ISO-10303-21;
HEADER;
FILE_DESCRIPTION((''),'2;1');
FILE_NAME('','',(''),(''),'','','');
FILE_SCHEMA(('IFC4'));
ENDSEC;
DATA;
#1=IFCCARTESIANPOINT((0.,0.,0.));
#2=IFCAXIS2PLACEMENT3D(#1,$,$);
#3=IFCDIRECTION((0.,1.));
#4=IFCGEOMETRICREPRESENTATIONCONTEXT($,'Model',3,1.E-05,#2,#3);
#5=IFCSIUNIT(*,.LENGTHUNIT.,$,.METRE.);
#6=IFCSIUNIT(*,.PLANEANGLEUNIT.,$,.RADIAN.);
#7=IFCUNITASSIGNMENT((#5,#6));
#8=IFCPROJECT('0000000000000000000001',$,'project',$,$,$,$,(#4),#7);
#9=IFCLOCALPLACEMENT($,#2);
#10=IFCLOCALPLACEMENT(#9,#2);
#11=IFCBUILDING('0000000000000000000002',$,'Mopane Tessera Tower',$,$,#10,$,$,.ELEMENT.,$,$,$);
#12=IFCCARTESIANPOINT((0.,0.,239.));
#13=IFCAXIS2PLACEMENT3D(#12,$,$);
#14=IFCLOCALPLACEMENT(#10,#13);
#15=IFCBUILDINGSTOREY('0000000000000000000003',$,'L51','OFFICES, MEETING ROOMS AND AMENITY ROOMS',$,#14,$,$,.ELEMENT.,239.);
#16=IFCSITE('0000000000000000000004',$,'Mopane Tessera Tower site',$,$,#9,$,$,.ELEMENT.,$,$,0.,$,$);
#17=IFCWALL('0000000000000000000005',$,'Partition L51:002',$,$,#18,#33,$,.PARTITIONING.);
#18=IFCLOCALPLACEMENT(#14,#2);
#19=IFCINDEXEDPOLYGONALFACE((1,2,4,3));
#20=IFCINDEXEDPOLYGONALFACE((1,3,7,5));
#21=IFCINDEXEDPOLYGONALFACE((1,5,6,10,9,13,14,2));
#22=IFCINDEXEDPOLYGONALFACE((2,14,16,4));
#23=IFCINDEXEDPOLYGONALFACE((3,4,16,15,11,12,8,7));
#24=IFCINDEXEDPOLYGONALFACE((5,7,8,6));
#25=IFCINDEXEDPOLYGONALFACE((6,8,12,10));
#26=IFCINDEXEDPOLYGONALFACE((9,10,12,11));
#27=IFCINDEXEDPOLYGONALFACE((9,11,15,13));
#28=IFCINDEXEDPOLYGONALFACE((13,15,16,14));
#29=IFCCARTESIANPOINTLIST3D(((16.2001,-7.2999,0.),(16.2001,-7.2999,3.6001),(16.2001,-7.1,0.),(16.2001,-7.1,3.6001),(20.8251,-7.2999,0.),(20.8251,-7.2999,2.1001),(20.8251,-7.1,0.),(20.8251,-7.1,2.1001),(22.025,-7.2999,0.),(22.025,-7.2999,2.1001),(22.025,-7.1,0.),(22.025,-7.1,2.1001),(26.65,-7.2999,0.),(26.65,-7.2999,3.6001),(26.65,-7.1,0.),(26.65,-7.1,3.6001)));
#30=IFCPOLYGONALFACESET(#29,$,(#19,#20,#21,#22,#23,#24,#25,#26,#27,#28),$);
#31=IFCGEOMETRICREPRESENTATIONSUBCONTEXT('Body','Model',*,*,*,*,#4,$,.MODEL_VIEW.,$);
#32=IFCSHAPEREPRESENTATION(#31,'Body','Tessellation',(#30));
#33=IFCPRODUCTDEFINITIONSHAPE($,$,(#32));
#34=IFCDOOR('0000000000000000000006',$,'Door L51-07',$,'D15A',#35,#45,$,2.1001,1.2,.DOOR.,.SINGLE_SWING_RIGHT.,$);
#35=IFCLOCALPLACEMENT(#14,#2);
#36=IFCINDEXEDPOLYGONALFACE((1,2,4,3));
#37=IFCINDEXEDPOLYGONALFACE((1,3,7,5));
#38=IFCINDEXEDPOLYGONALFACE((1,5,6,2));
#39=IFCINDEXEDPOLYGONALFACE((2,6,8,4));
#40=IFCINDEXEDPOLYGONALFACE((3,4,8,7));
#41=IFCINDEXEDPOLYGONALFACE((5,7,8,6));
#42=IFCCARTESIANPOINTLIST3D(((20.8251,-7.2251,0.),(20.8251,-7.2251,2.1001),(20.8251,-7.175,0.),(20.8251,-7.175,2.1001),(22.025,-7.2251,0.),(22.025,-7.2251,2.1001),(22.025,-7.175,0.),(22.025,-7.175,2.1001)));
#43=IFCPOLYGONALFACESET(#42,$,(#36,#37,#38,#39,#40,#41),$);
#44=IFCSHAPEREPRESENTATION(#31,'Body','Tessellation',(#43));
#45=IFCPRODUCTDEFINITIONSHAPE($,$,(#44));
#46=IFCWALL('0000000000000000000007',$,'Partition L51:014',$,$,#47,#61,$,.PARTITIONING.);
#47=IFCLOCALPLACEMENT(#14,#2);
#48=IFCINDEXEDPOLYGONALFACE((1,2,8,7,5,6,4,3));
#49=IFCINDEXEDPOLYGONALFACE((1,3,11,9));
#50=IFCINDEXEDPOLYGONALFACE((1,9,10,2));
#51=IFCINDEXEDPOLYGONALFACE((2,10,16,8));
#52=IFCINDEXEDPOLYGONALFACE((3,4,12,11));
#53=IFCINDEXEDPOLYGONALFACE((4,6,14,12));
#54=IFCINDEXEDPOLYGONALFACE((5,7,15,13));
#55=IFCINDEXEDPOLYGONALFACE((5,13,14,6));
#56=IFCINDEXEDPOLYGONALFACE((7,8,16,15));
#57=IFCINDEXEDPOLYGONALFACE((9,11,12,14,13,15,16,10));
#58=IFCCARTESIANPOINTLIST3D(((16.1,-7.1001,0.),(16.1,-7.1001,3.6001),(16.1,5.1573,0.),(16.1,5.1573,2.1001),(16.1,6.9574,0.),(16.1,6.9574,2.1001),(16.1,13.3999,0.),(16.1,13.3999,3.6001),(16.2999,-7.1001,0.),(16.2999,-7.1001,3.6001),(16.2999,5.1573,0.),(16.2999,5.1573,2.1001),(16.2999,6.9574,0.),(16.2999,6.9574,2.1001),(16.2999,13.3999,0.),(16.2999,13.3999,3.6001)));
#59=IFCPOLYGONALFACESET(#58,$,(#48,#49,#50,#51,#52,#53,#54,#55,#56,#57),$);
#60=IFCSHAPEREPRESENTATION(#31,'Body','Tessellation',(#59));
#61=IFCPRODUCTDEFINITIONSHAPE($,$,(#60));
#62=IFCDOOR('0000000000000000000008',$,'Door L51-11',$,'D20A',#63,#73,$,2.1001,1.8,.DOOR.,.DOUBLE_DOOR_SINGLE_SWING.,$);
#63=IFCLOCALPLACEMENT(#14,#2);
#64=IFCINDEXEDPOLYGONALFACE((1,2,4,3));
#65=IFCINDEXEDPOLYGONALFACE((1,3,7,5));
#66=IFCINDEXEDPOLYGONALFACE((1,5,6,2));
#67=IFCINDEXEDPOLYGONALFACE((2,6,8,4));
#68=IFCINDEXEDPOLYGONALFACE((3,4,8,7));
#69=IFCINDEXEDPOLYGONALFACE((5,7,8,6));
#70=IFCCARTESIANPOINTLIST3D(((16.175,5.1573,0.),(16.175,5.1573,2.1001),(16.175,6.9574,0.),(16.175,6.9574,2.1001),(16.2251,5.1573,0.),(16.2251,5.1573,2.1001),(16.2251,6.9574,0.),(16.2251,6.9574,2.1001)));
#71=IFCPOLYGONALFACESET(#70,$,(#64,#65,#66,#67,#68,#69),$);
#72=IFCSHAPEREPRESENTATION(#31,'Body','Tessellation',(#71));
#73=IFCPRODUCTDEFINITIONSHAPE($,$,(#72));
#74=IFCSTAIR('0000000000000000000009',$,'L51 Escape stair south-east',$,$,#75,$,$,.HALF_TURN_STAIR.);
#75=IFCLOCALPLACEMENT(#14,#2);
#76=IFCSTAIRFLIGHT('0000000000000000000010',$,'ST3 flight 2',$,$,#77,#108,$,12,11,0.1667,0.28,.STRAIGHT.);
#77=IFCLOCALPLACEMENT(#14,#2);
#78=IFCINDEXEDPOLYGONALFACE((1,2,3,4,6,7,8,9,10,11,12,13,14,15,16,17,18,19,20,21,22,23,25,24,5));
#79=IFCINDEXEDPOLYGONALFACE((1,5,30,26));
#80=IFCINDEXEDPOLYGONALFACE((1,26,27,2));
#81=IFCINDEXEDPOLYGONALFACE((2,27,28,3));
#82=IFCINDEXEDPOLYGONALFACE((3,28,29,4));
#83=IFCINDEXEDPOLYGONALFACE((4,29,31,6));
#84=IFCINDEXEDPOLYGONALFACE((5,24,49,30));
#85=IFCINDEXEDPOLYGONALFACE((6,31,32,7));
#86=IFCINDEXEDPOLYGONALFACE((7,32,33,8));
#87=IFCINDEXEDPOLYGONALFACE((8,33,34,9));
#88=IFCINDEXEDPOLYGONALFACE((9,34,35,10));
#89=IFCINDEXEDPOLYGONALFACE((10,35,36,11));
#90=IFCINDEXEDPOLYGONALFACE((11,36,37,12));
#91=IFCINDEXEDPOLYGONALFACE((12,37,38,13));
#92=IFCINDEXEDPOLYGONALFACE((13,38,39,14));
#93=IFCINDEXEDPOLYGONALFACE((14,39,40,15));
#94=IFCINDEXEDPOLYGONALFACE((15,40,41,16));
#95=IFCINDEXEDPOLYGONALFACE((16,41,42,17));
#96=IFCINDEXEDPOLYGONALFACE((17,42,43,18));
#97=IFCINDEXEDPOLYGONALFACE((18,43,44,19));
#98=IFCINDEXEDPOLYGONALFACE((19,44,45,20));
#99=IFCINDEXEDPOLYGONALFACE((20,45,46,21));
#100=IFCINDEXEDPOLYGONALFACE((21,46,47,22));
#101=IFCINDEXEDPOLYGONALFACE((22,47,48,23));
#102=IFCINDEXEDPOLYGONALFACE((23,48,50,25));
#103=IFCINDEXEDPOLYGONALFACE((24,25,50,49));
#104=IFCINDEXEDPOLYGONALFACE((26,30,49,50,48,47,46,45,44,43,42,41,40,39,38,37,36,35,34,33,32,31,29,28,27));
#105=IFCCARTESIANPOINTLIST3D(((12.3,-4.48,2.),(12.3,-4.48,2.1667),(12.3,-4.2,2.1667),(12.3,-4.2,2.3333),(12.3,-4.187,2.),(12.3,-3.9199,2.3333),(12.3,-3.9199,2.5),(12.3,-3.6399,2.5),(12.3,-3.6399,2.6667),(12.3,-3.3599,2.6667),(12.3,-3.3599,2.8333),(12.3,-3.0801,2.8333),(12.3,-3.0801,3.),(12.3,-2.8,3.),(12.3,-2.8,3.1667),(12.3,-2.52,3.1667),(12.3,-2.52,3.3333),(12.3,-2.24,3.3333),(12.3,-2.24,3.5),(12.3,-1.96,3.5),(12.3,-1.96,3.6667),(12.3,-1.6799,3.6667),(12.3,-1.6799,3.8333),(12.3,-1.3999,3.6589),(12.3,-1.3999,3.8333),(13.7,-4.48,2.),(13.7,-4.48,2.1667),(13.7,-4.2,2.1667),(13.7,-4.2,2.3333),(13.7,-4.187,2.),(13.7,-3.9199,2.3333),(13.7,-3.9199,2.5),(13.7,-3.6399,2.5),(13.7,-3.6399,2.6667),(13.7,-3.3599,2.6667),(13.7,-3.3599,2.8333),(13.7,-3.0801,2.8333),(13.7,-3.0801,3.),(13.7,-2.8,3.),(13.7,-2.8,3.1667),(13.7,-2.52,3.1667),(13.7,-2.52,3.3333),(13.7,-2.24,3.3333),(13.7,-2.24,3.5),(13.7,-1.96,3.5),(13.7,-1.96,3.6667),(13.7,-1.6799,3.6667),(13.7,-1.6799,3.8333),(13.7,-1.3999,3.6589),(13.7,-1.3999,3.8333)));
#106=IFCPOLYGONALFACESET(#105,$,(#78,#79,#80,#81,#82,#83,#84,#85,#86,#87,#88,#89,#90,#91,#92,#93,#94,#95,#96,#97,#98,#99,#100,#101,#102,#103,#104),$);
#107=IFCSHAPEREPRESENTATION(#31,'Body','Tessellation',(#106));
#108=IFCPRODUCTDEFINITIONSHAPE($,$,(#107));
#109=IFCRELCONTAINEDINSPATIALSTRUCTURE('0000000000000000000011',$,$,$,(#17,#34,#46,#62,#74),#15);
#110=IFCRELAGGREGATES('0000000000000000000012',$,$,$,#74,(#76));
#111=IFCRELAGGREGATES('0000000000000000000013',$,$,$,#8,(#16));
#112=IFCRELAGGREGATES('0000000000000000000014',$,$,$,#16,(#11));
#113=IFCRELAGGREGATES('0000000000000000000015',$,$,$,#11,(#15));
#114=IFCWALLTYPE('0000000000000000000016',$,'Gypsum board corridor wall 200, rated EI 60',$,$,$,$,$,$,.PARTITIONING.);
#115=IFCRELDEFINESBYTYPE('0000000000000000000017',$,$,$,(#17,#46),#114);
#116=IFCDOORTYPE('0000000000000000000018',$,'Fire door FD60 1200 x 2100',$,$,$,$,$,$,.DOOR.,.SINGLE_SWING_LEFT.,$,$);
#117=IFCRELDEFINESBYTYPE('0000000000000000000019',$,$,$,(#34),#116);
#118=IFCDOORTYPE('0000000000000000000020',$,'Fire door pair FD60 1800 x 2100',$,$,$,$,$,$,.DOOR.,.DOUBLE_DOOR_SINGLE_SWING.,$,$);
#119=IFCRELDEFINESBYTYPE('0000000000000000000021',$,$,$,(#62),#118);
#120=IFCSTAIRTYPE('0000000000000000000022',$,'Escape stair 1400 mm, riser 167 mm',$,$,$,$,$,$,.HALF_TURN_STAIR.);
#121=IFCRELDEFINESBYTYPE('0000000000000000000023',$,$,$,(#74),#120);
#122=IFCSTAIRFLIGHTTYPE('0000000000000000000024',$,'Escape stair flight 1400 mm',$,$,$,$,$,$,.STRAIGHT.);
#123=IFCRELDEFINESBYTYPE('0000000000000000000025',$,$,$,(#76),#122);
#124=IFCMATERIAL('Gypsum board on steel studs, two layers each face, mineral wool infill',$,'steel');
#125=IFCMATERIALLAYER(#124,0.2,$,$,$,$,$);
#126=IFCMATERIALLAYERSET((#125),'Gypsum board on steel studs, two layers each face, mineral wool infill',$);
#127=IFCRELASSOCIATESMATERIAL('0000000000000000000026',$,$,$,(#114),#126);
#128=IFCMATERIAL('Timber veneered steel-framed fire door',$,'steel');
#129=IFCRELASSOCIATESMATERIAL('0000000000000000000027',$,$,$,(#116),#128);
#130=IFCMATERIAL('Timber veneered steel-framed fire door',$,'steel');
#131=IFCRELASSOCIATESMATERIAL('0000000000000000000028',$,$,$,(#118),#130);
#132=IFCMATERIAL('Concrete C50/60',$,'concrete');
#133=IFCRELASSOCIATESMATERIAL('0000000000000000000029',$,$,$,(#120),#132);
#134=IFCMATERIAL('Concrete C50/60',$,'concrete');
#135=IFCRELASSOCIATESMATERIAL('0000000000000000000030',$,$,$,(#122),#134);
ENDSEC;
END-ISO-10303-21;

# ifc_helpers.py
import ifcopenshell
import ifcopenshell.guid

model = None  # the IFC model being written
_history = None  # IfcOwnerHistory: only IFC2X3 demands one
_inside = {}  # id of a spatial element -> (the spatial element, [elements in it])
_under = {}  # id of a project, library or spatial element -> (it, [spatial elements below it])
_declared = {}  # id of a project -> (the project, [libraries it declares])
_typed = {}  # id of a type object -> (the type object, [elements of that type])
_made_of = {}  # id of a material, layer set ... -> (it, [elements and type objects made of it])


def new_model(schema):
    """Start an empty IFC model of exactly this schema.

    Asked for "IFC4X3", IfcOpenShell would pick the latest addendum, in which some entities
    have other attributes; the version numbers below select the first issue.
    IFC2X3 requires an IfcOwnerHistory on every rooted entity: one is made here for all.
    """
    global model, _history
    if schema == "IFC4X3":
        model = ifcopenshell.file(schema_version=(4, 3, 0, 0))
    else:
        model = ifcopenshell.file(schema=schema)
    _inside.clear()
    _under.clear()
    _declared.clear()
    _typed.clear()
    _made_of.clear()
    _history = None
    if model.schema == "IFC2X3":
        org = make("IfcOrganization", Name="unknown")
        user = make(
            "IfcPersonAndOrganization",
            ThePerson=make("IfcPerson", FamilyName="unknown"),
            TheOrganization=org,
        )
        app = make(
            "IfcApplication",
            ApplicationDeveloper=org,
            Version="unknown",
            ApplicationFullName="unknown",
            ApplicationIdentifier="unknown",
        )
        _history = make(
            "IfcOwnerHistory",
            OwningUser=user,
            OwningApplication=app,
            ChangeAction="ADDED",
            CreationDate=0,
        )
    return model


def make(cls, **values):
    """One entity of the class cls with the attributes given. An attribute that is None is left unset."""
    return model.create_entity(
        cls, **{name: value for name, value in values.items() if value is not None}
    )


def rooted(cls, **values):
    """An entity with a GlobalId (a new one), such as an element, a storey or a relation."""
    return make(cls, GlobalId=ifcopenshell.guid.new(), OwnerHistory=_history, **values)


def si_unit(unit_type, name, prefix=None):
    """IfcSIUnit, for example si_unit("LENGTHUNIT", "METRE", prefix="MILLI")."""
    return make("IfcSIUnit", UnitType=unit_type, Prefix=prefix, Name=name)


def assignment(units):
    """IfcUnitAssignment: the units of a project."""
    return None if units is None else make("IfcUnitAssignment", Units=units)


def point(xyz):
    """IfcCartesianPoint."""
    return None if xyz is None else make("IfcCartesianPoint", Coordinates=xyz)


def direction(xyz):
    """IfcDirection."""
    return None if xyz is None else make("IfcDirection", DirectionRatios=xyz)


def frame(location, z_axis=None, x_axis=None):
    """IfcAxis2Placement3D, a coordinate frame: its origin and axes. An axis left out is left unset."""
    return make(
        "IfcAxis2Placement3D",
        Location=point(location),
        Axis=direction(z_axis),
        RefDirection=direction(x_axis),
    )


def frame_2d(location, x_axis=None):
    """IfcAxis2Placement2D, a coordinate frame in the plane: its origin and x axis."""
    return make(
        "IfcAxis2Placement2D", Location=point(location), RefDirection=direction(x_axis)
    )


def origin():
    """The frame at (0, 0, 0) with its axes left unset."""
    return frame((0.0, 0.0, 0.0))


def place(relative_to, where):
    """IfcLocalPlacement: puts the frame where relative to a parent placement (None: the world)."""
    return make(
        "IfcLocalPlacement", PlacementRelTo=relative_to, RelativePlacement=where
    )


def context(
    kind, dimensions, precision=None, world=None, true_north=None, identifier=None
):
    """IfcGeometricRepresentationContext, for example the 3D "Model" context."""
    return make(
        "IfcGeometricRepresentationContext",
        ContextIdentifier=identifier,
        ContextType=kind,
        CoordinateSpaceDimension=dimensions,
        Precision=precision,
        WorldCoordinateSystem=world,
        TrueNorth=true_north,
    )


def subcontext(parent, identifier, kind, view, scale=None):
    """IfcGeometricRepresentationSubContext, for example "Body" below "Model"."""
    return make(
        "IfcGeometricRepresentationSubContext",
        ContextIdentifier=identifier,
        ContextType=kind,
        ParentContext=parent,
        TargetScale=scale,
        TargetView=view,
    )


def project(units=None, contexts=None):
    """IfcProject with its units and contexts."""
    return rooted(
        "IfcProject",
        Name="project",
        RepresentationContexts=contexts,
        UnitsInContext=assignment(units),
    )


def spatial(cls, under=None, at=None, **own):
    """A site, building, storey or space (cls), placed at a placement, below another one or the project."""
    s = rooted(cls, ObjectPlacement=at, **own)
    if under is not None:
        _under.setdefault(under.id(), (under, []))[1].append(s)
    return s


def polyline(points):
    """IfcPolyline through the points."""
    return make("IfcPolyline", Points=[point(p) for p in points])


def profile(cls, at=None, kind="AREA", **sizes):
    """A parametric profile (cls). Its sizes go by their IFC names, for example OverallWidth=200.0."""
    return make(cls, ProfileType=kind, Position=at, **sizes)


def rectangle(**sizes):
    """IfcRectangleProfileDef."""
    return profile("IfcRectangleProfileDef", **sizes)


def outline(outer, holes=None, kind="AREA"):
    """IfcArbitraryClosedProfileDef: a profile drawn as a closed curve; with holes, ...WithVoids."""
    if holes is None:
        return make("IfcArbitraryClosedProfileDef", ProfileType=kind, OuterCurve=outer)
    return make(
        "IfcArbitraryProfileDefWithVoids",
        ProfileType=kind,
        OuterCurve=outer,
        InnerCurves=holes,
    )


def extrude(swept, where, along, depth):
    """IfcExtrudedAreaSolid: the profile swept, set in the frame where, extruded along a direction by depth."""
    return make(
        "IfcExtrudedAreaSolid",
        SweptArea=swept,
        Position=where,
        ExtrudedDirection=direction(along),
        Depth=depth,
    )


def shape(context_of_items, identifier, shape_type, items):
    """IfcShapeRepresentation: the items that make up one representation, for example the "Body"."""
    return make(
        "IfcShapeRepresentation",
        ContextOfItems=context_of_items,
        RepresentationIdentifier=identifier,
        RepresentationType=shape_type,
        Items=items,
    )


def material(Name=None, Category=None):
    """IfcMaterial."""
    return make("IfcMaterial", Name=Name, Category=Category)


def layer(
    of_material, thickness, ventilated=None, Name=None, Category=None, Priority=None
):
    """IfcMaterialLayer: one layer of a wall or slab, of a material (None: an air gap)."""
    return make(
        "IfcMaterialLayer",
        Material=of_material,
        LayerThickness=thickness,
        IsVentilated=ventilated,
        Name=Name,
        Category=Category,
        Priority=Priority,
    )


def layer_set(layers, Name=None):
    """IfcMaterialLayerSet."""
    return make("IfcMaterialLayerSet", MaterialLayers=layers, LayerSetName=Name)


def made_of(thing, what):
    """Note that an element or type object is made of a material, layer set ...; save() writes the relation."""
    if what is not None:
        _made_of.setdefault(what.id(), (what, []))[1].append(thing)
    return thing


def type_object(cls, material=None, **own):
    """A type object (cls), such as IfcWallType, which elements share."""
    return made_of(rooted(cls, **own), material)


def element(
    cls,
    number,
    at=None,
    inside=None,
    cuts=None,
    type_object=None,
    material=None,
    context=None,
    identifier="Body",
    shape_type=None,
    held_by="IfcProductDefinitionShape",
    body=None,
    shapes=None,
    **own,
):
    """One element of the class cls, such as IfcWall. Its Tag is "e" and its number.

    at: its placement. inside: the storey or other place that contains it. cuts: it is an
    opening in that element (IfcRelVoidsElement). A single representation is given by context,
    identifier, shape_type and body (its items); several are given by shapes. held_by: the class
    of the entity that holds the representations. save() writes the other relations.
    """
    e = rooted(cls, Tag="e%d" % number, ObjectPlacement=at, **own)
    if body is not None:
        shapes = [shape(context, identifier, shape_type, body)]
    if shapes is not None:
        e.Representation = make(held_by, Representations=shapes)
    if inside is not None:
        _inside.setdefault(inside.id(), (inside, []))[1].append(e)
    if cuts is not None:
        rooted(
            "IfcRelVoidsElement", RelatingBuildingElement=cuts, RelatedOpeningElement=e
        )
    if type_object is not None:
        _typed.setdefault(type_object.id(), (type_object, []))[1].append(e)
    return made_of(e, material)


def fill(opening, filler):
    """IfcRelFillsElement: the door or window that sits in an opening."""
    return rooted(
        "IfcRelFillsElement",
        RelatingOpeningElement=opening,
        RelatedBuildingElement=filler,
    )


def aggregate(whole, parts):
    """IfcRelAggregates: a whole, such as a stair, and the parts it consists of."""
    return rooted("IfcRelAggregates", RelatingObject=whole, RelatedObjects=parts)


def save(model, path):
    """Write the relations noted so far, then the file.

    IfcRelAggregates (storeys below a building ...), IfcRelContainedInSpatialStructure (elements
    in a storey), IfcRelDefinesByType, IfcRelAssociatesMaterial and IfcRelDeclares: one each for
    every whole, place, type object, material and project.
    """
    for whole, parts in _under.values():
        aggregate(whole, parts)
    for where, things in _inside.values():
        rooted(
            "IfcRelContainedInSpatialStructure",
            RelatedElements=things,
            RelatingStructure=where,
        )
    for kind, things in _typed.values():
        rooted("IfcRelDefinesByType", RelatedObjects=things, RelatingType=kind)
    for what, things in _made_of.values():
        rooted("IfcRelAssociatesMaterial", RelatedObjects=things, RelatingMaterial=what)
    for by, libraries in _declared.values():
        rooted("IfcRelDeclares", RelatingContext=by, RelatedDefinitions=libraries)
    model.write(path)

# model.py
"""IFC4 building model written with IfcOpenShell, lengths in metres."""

from ifc_helpers import new_model, si_unit, direction, frame, frame_2d, origin, place, context, subcontext, project, spatial, polyline, rectangle, outline, extrude, material, layer, layer_set, type_object, element, fill, aggregate, save


model = new_model("IFC4")

# Units and contexts
model_context = context("Model", 3, precision=1e-05, world=origin(), true_north=direction((0.0, 1.0)))
body_context = subcontext(model_context, "Body", "Model", "MODEL_VIEW")
ifc_project = project(units=[si_unit("LENGTHUNIT", "METRE"), si_unit("PLANEANGLEUNIT", "RADIAN")], contexts=[model_context])

# Site, building, storey
site_placement = place(None, origin())
site = spatial("IfcSite", under=ifc_project, at=site_placement, Name="Mopane Tessera Tower site", CompositionType="ELEMENT", RefElevation=0.0)
building_placement = place(site_placement, origin())
building = spatial("IfcBuilding", under=site, at=building_placement, Name="Mopane Tessera Tower", CompositionType="ELEMENT")
storey_placement = place(building_placement, frame((0.0, 0.0, 239.0)))
storey = spatial("IfcBuildingStorey", under=building, at=storey_placement, Name="L51", Description="OFFICES, MEETING ROOMS AND AMENITY ROOMS", CompositionType="ELEMENT", Elevation=239.0)

# Walls, openings, doors
ifc_material_1 = material(Name="Gypsum board on steel studs, two layers each face, mineral wool infill", Category="steel")
ifc_layer_1 = layer(ifc_material_1, 0.2)
ifc_layer_set_1 = layer_set([ifc_layer_1], Name="Gypsum board on steel studs, two layers each face, mineral wool infill")
wall_type_1 = type_object("IfcWallType", Name="Gypsum board corridor wall 200, rated EI 60", PredefinedType="PARTITIONING", material=ifc_layer_set_1)
wall_1_placement = place(storey_placement, frame((16.2, -7.2, 0.0), z_axis=(0.0, 0.0, 1.0), x_axis=(1.0, 0.0, 0.0)))
wall_1 = element("IfcWall", 1, at=wall_1_placement, inside=storey, type_object=wall_type_1, Name="Partition L51:002", PredefinedType="PARTITIONING", context=body_context, shape_type="SweptSolid", body=[
    extrude(rectangle(XDim=10.45, YDim=0.2, at=frame_2d((5.2251, 0.0))), origin(), (0.0, 0.0, 1.0), 3.6001),
])
opening_1_placement = place(wall_1_placement, frame((4.625, 0.0, 0.0)))
opening_1 = element("IfcOpeningElement", 2, at=opening_1_placement, cuts=wall_1, PredefinedType="OPENING", context=body_context, shape_type="SweptSolid", body=[
    extrude(rectangle(XDim=1.2, YDim=2.1001, at=frame_2d((0.6001, 1.05))), frame((0.0, 0.1121, 0.0), z_axis=(0.0, -1.0, 0.0), x_axis=(1.0, 0.0, 0.0)), (0.0, 0.0, 1.0), 0.2239),
])
ifc_material_2 = material(Name="Timber veneered steel-framed fire door", Category="steel")
door_type_1 = type_object("IfcDoorType", Name="Fire door FD60 1200 x 2100", OperationType="SINGLE_SWING_LEFT", PredefinedType="DOOR", material=ifc_material_2)
door_1_placement = place(opening_1_placement, origin())
door_1 = element("IfcDoor", 3, at=door_1_placement, inside=storey, type_object=door_type_1, Name="Door L51-07", ObjectType="D15A", OperationType="SINGLE_SWING_RIGHT", OverallHeight=2.1001, OverallWidth=1.2, PredefinedType="DOOR", context=body_context, shape_type="SweptSolid", body=[
    extrude(rectangle(XDim=1.2, YDim=2.1001, at=frame_2d((0.6001, 1.05))), frame((0.0, 0.0249, 0.0), z_axis=(0.0, -1.0, 0.0), x_axis=(1.0, 0.0, 0.0)), (0.0, 0.0, 1.0), 0.05),
])
fill(opening_1, door_1)
wall_2_placement = place(storey_placement, frame((16.2, -7.1001, 0.0), z_axis=(0.0, 0.0, 1.0), x_axis=(0.0, 1.0, 0.0)))
wall_2 = element("IfcWall", 4, at=wall_2_placement, inside=storey, type_object=wall_type_1, Name="Partition L51:014", PredefinedType="PARTITIONING", context=body_context, shape_type="SweptSolid", body=[
    extrude(rectangle(XDim=20.5, YDim=0.2, at=frame_2d((10.25, 0.0))), origin(), (0.0, 0.0, 1.0), 3.6001),
])
opening_2_placement = place(wall_2_placement, frame((12.2576, 0.0, 0.0)))
opening_2 = element("IfcOpeningElement", 5, at=opening_2_placement, cuts=wall_2, PredefinedType="OPENING", context=body_context, shape_type="SweptSolid", body=[
    extrude(rectangle(XDim=1.8, YDim=2.1001, at=frame_2d((0.8999, 1.05))), frame((0.0, 0.1121, 0.0), z_axis=(0.0, -1.0, 0.0), x_axis=(1.0, 0.0, 0.0)), (0.0, 0.0, 1.0), 0.2239),
])
ifc_material_3 = material(Name="Timber veneered steel-framed fire door", Category="steel")
door_type_2 = type_object("IfcDoorType", Name="Fire door pair FD60 1800 x 2100", OperationType="DOUBLE_DOOR_SINGLE_SWING", PredefinedType="DOOR", material=ifc_material_3)
door_2_placement = place(opening_2_placement, origin())
door_2 = element("IfcDoor", 6, at=door_2_placement, inside=storey, type_object=door_type_2, Name="Door L51-11", ObjectType="D20A", OperationType="DOUBLE_DOOR_SINGLE_SWING", OverallHeight=2.1001, OverallWidth=1.8, PredefinedType="DOOR", context=body_context, shape_type="SweptSolid", body=[
    extrude(rectangle(XDim=1.8, YDim=2.1001, at=frame_2d((0.8999, 1.05))), frame((0.0, 0.0249, 0.0), z_axis=(0.0, -1.0, 0.0), x_axis=(1.0, 0.0, 0.0)), (0.0, 0.0, 1.0), 0.05),
])
fill(opening_2, door_2)

# Stair, stair flight
ifc_material_4 = material(Name="Concrete C50/60", Category="concrete")
stair_type = type_object("IfcStairType", Name="Escape stair 1400 mm, riser 167 mm", PredefinedType="HALF_TURN_STAIR", material=ifc_material_4)
stair_placement = place(storey_placement, origin())
stair = element("IfcStair", 7, at=stair_placement, inside=storey, type_object=stair_type, Name="L51 Escape stair south-east", PredefinedType="HALF_TURN_STAIR")
ifc_material_5 = material(Name="Concrete C50/60", Category="concrete")
stair_flight_type = type_object("IfcStairFlightType", Name="Escape stair flight 1400 mm", PredefinedType="STRAIGHT", material=ifc_material_5)
stair_flight_placement = place(storey_placement, frame((13.0, -4.48, 2.0), z_axis=(0.0, 0.0, 1.0), x_axis=(0.0, 1.0, 0.0)))
stair_flight = element("IfcStairFlight", 8, at=stair_flight_placement, type_object=stair_flight_type, Name="ST3 flight 2", NumberOfRisers=12, NumberOfTreads=11, PredefinedType="STRAIGHT", RiserHeight=0.1667, TreadLength=0.28, context=body_context, shape_type="SweptSolid", body=[
    extrude(outline(polyline([(0.0, 0.0), (0.0, 0.1667), (0.28, 0.1667), (0.28, 0.3333), (0.5601, 0.3333), (0.5601, 0.5), (0.8401, 0.5), (0.8401, 0.6667), (1.1201, 0.6667), (1.1201, 0.8333), (1.3999, 0.8333), (1.3999, 1.0), (1.6799, 1.0), (1.6799, 1.1667), (1.96, 1.1667), (1.96, 1.3333), (2.24, 1.3333), (2.24, 1.5), (2.52, 1.5), (2.52, 1.6667), (2.8, 1.6667), (2.8, 1.8333), (3.0801, 1.8333), (3.0801, 2.0), (3.0801, 1.6589), (0.293, 0.0), (0.0, 0.0)])), frame((0.0, 0.7, 0.0), z_axis=(0.0, -1.0, 0.0), x_axis=(1.0, 0.0, 0.0)), (0.0, 0.0, 1.0), 1.3999),
])
aggregate(stair, [stair_flight])

save(model, "model.ifc")
